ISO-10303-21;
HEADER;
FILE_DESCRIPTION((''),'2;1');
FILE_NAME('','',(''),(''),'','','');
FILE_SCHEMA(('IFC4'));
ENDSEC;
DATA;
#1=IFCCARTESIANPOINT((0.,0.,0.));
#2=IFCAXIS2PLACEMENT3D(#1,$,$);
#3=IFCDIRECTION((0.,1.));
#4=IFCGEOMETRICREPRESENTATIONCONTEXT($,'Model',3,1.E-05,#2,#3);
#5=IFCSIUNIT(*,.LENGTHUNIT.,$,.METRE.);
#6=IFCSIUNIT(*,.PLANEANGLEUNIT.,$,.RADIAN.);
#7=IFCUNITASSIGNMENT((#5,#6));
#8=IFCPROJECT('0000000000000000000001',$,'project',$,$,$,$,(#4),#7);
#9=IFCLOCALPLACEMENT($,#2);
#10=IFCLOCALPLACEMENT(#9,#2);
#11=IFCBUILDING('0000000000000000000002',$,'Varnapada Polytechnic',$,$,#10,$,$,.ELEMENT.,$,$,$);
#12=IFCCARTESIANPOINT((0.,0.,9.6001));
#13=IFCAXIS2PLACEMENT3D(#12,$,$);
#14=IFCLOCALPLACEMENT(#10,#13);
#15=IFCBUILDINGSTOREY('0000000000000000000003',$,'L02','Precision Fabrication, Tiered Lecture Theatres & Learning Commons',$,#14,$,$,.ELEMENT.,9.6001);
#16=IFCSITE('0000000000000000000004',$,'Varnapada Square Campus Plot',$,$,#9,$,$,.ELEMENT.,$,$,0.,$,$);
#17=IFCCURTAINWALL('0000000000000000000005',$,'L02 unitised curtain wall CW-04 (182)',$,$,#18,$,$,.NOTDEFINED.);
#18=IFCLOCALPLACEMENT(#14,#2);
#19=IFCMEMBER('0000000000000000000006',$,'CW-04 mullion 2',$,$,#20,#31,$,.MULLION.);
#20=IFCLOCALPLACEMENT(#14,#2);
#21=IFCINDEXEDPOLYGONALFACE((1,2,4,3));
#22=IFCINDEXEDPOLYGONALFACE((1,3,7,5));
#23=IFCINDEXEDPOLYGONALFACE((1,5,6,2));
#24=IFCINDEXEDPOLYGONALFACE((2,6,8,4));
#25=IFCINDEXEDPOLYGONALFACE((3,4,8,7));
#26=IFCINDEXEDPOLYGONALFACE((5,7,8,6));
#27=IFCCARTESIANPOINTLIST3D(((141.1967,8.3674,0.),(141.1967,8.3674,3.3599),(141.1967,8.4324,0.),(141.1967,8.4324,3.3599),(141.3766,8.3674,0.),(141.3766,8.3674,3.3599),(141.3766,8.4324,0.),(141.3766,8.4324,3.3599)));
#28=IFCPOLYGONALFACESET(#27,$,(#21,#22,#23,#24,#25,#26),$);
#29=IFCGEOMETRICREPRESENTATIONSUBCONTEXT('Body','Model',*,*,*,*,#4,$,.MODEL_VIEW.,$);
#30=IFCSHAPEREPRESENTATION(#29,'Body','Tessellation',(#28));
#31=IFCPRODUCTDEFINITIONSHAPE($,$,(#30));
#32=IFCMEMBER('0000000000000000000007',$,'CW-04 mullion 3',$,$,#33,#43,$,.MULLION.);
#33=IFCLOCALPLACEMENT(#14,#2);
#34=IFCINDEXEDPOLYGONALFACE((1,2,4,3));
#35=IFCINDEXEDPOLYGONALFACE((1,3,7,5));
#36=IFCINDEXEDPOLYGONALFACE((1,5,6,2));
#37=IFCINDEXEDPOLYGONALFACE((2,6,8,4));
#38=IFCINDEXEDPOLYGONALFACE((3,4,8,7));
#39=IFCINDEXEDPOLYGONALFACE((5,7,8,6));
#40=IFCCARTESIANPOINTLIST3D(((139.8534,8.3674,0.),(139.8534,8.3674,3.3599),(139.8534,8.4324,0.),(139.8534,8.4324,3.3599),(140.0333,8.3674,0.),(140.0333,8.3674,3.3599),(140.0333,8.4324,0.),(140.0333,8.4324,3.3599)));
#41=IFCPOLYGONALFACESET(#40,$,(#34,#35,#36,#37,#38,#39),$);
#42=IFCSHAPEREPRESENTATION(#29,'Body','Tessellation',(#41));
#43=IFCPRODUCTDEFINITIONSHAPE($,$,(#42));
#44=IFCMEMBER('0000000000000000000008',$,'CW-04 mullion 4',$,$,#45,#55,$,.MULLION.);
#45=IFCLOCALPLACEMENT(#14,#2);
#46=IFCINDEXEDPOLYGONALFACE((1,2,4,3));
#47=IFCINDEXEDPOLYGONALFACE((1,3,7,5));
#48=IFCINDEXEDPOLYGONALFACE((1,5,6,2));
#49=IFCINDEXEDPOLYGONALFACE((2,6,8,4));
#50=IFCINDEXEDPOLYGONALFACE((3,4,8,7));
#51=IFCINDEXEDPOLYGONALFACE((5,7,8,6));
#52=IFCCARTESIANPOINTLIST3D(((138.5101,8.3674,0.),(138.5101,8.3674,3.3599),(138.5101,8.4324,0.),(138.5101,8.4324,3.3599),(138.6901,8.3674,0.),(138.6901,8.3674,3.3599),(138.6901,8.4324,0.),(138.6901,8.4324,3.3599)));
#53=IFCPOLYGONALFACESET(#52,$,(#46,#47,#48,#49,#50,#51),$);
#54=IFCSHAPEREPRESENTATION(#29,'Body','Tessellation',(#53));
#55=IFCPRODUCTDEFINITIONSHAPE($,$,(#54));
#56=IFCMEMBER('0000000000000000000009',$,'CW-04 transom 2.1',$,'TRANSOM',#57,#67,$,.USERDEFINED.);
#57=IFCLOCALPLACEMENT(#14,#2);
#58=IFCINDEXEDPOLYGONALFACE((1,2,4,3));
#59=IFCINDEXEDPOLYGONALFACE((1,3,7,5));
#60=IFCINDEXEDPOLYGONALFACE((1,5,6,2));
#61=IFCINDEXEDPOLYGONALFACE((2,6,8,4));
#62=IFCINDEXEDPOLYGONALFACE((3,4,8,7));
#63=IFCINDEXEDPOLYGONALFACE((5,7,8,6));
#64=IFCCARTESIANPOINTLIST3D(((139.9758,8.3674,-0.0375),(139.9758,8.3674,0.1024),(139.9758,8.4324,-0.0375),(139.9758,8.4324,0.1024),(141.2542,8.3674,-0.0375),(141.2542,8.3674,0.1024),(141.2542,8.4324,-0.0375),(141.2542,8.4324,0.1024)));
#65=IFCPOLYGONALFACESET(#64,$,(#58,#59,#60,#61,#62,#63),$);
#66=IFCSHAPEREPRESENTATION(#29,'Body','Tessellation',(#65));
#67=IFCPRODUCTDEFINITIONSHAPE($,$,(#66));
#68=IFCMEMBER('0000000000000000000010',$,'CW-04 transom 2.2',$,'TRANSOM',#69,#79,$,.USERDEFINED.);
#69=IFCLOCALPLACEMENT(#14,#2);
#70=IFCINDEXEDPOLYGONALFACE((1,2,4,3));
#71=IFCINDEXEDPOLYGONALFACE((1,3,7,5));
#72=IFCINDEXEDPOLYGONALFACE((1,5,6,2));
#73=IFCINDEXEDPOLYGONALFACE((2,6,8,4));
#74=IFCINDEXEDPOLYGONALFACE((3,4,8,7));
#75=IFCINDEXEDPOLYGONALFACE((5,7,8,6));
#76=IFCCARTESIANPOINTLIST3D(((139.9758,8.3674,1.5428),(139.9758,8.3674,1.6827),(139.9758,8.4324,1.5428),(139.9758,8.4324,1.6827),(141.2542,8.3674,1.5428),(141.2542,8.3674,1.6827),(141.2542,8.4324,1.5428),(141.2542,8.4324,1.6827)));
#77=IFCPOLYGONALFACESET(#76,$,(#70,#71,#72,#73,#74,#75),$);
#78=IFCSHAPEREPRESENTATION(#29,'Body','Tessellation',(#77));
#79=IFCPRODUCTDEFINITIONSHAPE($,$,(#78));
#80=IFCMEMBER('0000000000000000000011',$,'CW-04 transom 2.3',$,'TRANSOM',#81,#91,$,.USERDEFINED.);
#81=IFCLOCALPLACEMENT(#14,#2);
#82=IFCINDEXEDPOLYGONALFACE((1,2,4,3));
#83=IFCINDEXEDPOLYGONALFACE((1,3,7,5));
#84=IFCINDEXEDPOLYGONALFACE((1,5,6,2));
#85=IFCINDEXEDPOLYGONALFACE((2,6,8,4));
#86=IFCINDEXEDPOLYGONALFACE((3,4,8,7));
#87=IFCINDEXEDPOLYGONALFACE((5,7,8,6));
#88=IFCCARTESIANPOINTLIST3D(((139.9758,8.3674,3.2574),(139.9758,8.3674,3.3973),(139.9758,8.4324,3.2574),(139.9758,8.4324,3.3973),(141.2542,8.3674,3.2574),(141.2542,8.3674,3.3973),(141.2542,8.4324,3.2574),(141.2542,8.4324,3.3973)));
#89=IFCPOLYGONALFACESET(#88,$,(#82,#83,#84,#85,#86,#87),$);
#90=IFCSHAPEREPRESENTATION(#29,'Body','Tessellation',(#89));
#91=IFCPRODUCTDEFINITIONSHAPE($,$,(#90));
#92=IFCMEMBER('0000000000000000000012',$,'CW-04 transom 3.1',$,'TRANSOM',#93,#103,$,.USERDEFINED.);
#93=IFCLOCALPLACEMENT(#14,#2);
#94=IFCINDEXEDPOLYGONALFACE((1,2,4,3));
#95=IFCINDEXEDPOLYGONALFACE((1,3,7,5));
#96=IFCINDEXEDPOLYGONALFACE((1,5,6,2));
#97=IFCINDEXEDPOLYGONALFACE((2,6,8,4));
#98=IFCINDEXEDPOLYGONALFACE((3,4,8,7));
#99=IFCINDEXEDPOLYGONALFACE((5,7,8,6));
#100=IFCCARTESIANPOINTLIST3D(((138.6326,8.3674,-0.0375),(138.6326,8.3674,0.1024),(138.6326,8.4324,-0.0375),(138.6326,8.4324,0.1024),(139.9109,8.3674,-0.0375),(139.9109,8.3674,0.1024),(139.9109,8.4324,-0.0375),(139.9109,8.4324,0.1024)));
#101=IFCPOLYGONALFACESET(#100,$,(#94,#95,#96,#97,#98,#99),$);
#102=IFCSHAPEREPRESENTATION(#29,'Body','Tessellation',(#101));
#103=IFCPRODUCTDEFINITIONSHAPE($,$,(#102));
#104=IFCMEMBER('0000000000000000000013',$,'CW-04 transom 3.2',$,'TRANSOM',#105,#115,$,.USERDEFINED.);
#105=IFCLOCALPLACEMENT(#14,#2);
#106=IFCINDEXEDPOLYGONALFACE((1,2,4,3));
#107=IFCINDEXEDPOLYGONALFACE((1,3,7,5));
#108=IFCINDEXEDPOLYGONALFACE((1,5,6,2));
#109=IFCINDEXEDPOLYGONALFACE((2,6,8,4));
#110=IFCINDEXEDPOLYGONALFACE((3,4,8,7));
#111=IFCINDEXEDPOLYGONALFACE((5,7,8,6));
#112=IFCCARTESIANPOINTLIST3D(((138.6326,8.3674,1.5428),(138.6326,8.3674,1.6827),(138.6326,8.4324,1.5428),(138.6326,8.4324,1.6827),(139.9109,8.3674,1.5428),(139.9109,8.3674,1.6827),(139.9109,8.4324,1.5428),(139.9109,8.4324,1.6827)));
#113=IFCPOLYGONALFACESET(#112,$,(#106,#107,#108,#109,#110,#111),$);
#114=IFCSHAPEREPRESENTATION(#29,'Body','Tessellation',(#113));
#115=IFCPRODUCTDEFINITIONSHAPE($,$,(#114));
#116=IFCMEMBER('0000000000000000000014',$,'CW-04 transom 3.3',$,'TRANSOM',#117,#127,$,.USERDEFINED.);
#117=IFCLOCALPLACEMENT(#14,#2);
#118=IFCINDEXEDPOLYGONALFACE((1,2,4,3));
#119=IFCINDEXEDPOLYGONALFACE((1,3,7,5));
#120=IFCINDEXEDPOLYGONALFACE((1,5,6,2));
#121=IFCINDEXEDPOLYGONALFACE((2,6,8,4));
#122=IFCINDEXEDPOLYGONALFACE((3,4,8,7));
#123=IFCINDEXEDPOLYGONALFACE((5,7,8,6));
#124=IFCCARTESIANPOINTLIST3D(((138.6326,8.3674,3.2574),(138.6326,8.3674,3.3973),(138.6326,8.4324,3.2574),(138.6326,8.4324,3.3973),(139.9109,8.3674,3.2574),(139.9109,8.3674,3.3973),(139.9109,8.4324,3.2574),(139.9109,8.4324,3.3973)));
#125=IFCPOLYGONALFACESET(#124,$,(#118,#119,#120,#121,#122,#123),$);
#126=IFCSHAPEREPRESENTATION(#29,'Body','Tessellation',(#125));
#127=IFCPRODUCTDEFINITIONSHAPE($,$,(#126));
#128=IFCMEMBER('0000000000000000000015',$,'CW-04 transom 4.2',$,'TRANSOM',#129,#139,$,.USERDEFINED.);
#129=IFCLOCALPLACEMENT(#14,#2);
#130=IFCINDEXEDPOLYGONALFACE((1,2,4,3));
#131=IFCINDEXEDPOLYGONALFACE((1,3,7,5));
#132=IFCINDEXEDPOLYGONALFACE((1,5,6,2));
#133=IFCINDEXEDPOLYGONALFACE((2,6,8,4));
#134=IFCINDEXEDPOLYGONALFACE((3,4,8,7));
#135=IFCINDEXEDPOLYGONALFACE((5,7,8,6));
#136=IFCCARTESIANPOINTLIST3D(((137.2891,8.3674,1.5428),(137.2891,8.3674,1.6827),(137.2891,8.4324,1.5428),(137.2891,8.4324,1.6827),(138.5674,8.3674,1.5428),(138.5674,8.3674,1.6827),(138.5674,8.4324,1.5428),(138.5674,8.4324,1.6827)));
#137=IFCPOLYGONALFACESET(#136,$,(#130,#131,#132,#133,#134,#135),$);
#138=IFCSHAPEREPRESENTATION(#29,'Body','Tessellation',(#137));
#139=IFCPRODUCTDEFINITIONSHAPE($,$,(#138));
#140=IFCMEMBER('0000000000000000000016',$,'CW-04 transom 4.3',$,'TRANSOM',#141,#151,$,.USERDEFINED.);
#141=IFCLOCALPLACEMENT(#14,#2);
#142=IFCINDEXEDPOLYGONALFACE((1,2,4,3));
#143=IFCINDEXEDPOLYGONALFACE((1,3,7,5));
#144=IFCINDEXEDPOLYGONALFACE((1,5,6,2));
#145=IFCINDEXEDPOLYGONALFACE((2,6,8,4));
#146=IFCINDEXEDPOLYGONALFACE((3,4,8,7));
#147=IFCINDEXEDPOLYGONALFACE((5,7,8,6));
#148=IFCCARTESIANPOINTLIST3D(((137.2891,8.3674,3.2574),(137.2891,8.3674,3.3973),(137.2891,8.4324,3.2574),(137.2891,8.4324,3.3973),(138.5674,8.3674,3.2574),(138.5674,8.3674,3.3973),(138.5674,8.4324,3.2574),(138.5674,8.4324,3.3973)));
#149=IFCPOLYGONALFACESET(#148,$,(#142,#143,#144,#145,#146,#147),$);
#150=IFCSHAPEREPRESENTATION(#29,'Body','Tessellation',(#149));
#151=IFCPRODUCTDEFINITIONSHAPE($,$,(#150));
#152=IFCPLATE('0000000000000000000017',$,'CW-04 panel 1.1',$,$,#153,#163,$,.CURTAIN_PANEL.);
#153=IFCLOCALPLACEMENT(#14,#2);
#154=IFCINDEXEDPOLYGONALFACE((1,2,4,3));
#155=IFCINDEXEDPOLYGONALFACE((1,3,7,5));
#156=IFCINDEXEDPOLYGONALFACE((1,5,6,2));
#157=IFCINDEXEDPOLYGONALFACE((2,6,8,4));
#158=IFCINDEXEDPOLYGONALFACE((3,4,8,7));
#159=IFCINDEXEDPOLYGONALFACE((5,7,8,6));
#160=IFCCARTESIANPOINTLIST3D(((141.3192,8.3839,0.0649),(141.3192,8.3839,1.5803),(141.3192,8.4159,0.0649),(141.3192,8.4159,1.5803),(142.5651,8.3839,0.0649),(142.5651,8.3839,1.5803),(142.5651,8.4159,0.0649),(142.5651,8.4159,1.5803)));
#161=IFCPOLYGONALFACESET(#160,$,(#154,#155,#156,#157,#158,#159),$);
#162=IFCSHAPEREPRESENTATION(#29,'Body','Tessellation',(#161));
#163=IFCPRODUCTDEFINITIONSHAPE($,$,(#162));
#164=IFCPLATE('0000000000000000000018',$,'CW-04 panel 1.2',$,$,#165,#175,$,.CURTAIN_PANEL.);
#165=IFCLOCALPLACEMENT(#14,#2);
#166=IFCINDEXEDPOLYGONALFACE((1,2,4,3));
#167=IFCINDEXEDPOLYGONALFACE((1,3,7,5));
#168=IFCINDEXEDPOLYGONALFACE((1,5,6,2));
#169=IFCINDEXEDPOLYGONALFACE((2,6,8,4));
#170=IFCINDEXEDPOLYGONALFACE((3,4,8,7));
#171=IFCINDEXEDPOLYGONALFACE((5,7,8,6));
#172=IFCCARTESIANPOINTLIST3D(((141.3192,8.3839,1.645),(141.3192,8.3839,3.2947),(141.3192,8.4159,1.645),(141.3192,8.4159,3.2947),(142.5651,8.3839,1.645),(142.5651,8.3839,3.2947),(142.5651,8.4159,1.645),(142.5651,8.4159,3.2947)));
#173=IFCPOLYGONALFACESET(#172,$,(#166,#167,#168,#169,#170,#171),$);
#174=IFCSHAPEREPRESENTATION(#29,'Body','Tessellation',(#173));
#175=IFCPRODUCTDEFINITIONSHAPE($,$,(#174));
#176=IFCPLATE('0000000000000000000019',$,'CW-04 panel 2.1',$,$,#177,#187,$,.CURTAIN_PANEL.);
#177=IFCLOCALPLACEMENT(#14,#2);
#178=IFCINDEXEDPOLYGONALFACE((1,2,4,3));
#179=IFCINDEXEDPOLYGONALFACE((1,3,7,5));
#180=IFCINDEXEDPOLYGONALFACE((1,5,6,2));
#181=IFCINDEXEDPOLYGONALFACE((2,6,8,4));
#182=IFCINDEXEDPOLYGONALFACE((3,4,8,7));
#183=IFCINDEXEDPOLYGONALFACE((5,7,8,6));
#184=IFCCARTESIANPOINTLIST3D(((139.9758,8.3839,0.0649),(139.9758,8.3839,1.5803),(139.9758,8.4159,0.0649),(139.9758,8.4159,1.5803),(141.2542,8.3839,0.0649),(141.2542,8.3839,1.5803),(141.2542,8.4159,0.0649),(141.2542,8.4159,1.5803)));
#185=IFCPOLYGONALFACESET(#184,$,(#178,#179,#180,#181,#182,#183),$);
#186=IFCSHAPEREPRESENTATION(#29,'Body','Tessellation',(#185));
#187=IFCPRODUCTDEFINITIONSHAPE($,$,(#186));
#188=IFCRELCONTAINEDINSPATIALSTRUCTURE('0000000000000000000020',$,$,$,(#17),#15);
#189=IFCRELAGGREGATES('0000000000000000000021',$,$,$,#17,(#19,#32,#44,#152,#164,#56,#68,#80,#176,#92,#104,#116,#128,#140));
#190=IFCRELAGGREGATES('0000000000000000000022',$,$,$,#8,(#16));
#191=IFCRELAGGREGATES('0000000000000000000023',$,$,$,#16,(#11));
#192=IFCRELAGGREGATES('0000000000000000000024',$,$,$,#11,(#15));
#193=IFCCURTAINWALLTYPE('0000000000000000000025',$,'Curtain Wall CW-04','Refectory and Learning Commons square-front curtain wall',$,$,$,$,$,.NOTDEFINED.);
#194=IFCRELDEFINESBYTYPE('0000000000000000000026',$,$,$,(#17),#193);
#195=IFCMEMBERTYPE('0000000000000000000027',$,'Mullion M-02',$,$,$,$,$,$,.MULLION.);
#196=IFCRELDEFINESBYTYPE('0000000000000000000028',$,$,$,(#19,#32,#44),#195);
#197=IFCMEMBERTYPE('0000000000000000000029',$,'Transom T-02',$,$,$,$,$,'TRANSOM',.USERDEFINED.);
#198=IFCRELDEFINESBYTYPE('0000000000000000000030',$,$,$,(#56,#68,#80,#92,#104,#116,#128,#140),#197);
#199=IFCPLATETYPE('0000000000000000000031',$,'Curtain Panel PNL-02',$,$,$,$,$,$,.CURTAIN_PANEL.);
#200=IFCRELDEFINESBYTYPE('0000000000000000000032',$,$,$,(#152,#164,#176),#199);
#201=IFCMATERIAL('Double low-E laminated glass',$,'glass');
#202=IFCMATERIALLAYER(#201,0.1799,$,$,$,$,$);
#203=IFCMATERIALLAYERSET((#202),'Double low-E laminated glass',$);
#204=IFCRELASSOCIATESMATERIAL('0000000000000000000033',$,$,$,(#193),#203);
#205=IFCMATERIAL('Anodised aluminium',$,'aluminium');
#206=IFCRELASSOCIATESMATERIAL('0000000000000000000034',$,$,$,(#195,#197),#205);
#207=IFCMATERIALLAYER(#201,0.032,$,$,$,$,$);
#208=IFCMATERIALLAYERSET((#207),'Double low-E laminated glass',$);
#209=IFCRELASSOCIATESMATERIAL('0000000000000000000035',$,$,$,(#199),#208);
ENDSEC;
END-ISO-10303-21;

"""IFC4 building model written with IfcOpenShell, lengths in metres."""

from ifc_helpers import new_model, si_unit, direction, frame, origin, origin_2d, place, context, subcontext, project, spatial, rectangle, extrude, material, layer, layer_set, material_profile, profile_set, type_object, element, aggregate, save


model = new_model("IFC4")

# Units and contexts
model_context = context("Model", 3, precision=1e-05, world=origin(), true_north=direction((0.0, 1.0)))
body_context = subcontext(model_context, "Body", "Model", "MODEL_VIEW")
ifc_project = project(units=[si_unit("LENGTHUNIT", "METRE"), si_unit("PLANEANGLEUNIT", "RADIAN")], contexts=[model_context])

# Site, building, storey
site_placement = place(None, origin())
site = spatial("IfcSite", under=ifc_project, at=site_placement, Name="Varnapada Square Campus Plot", CompositionType="ELEMENT", RefElevation=0.0)
building_placement = place(site_placement, origin())
building = spatial("IfcBuilding", under=site, at=building_placement, Name="Varnapada Polytechnic", CompositionType="ELEMENT")
storey_placement = place(building_placement, frame((0.0, 0.0, 9.6001)))
storey = spatial("IfcBuildingStorey", under=building, at=storey_placement, Name="L02", Description="Precision Fabrication, Tiered Lecture Theatres & Learning Commons", CompositionType="ELEMENT", Elevation=9.6001)

# Curtain wall, members, plates
ifc_material_1 = material(Name="Double low-E laminated glass", Category="glass")
ifc_layer_1 = layer(ifc_material_1, 0.1799)
ifc_layer_set_1 = layer_set([ifc_layer_1], Name="Double low-E laminated glass")
curtain_wall_type = type_object("IfcCurtainWallType", Name="Curtain Wall CW-04", Description="Refectory and Learning Commons square-front curtain wall", PredefinedType="NOTDEFINED", material=ifc_layer_set_1)
curtain_wall_placement = place(storey_placement, origin())
curtain_wall = element("IfcCurtainWall", 1, at=curtain_wall_placement, inside=storey, type_object=curtain_wall_type, Name="L02 unitised curtain wall CW-04 (182)", PredefinedType="NOTDEFINED")
ifc_material_2 = material(Name="Anodised aluminium", Category="aluminium")
ifc_material_profile_1 = material_profile(ifc_material_2, rectangle(XDim=0.0649, YDim=0.1799, at=origin_2d()), Name="ALU M65x180")
ifc_profile_set_1 = profile_set([ifc_material_profile_1], Name="Anodised aluminium")
member_type_1 = type_object("IfcMemberType", Name="Mullion M-02", PredefinedType="MULLION", material=ifc_profile_set_1)
member_1_placement = place(storey_placement, frame((141.2866, 8.3999, 0.0), z_axis=(0.0, 0.0, 1.0), x_axis=(0.0, -1.0, 0.0)))
member_1 = element("IfcMember", 2, at=member_1_placement, type_object=member_type_1, Name="CW-04 mullion 2", PredefinedType="MULLION", context=body_context, shape_type="SweptSolid", body=[
    extrude(rectangle(XDim=0.0649, YDim=0.1799, at=origin_2d()), origin(), (0.0, 0.0, 1.0), 3.3599),
])
member_2_placement = place(storey_placement, frame((139.9434, 8.3999, 0.0), z_axis=(0.0, 0.0, 1.0), x_axis=(0.0, -1.0, 0.0)))
member_2 = element("IfcMember", 3, at=member_2_placement, type_object=member_type_1, Name="CW-04 mullion 3", PredefinedType="MULLION", context=body_context, shape_type="SweptSolid", body=[
    extrude(rectangle(XDim=0.0649, YDim=0.1799, at=origin_2d()), origin(), (0.0, 0.0, 1.0), 3.3599),
])
member_3_placement = place(storey_placement, frame((138.6001, 8.3999, 0.0), z_axis=(0.0, 0.0, 1.0), x_axis=(0.0, -1.0, 0.0)))
member_3 = element("IfcMember", 4, at=member_3_placement, type_object=member_type_1, Name="CW-04 mullion 4", PredefinedType="MULLION", context=body_context, shape_type="SweptSolid", body=[
    extrude(rectangle(XDim=0.0649, YDim=0.1799, at=origin_2d()), origin(), (0.0, 0.0, 1.0), 3.3599),
])
ifc_material_profile_2 = material_profile(ifc_material_2, rectangle(XDim=0.0649, YDim=0.1399, at=origin_2d()), Name="ALU T65x140")
ifc_profile_set_2 = profile_set([ifc_material_profile_2], Name="Anodised aluminium")
member_type_2 = type_object("IfcMemberType", Name="Transom T-02", ElementType="TRANSOM", PredefinedType="USERDEFINED", material=ifc_profile_set_2)
member_4_placement = place(storey_placement, frame((141.2542, 8.3999, 0.0325), z_axis=(-1.0, 0.0, 0.0), x_axis=(0.0, -1.0, 0.0)))
member_4 = element("IfcMember", 5, at=member_4_placement, type_object=member_type_2, Name="CW-04 transom 2.1", ObjectType="TRANSOM", PredefinedType="USERDEFINED", context=body_context, shape_type="SweptSolid", body=[
    extrude(rectangle(XDim=0.0649, YDim=0.1399, at=origin_2d()), origin(), (0.0, 0.0, 1.0), 1.2783),
])
member_5_placement = place(storey_placement, frame((141.2542, 8.3999, 1.6128), z_axis=(-1.0, 0.0, 0.0), x_axis=(0.0, -1.0, 0.0)))
member_5 = element("IfcMember", 6, at=member_5_placement, type_object=member_type_2, Name="CW-04 transom 2.2", ObjectType="TRANSOM", PredefinedType="USERDEFINED", context=body_context, shape_type="SweptSolid", body=[
    extrude(rectangle(XDim=0.0649, YDim=0.1399, at=origin_2d()), origin(), (0.0, 0.0, 1.0), 1.2783),
])
member_6_placement = place(storey_placement, frame((141.2542, 8.3999, 3.3274), z_axis=(-1.0, 0.0, 0.0), x_axis=(0.0, -1.0, 0.0)))
member_6 = element("IfcMember", 7, at=member_6_placement, type_object=member_type_2, Name="CW-04 transom 2.3", ObjectType="TRANSOM", PredefinedType="USERDEFINED", context=body_context, shape_type="SweptSolid", body=[
    extrude(rectangle(XDim=0.0649, YDim=0.1399, at=origin_2d()), origin(), (0.0, 0.0, 1.0), 1.2783),
])
member_7_placement = place(storey_placement, frame((139.9109, 8.3999, 0.0325), z_axis=(-1.0, 0.0, 0.0), x_axis=(0.0, -1.0, 0.0)))
member_7 = element("IfcMember", 8, at=member_7_placement, type_object=member_type_2, Name="CW-04 transom 3.1", ObjectType="TRANSOM", PredefinedType="USERDEFINED", context=body_context, shape_type="SweptSolid", body=[
    extrude(rectangle(XDim=0.0649, YDim=0.1399, at=origin_2d()), origin(), (0.0, 0.0, 1.0), 1.2783),
])
member_8_placement = place(storey_placement, frame((139.9109, 8.3999, 1.6128), z_axis=(-1.0, 0.0, 0.0), x_axis=(0.0, -1.0, 0.0)))
member_8 = element("IfcMember", 9, at=member_8_placement, type_object=member_type_2, Name="CW-04 transom 3.2", ObjectType="TRANSOM", PredefinedType="USERDEFINED", context=body_context, shape_type="SweptSolid", body=[
    extrude(rectangle(XDim=0.0649, YDim=0.1399, at=origin_2d()), origin(), (0.0, 0.0, 1.0), 1.2783),
])
member_9_placement = place(storey_placement, frame((139.9109, 8.3999, 3.3274), z_axis=(-1.0, 0.0, 0.0), x_axis=(0.0, -1.0, 0.0)))
member_9 = element("IfcMember", 10, at=member_9_placement, type_object=member_type_2, Name="CW-04 transom 3.3", ObjectType="TRANSOM", PredefinedType="USERDEFINED", context=body_context, shape_type="SweptSolid", body=[
    extrude(rectangle(XDim=0.0649, YDim=0.1399, at=origin_2d()), origin(), (0.0, 0.0, 1.0), 1.2783),
])
member_10_placement = place(storey_placement, frame((138.5674, 8.3999, 1.6128), z_axis=(-1.0, 0.0, 0.0), x_axis=(0.0, -1.0, 0.0)))
member_10 = element("IfcMember", 11, at=member_10_placement, type_object=member_type_2, Name="CW-04 transom 4.2", ObjectType="TRANSOM", PredefinedType="USERDEFINED", context=body_context, shape_type="SweptSolid", body=[
    extrude(rectangle(XDim=0.0649, YDim=0.1399, at=origin_2d()), origin(), (0.0, 0.0, 1.0), 1.2783),
])
member_11_placement = place(storey_placement, frame((138.5674, 8.3999, 3.3274), z_axis=(-1.0, 0.0, 0.0), x_axis=(0.0, -1.0, 0.0)))
member_11 = element("IfcMember", 12, at=member_11_placement, type_object=member_type_2, Name="CW-04 transom 4.3", ObjectType="TRANSOM", PredefinedType="USERDEFINED", context=body_context, shape_type="SweptSolid", body=[
    extrude(rectangle(XDim=0.0649, YDim=0.1399, at=origin_2d()), origin(), (0.0, 0.0, 1.0), 1.2783),
])
ifc_layer_2 = layer(ifc_material_1, 0.032)
ifc_layer_set_2 = layer_set([ifc_layer_2], Name="Double low-E laminated glass")
plate_type = type_object("IfcPlateType", Name="Curtain Panel PNL-02", PredefinedType="CURTAIN_PANEL", material=ifc_layer_set_2)
plate_1_placement = place(storey_placement, frame((141.9421, 8.3999, 0.0649), z_axis=(0.0, 0.0, 1.0), x_axis=(-1.0, 0.0, 0.0)))
plate_1 = element("IfcPlate", 13, at=plate_1_placement, type_object=plate_type, Name="CW-04 panel 1.1", PredefinedType="CURTAIN_PANEL", context=body_context, shape_type="SweptSolid", body=[
    extrude(rectangle(XDim=1.2458, YDim=0.032, at=origin_2d()), origin(), (0.0, 0.0, 1.0), 1.5154),
])
plate_2_placement = place(storey_placement, frame((141.9421, 8.3999, 1.645), z_axis=(0.0, 0.0, 1.0), x_axis=(-1.0, 0.0, 0.0)))
plate_2 = element("IfcPlate", 14, at=plate_2_placement, type_object=plate_type, Name="CW-04 panel 1.2", PredefinedType="CURTAIN_PANEL", context=body_context, shape_type="SweptSolid", body=[
    extrude(rectangle(XDim=1.2458, YDim=0.032, at=origin_2d()), origin(), (0.0, 0.0, 1.0), 1.6497),
])
plate_3_placement = place(storey_placement, frame((140.615, 8.3999, 0.0649), z_axis=(0.0, 0.0, 1.0), x_axis=(-1.0, 0.0, 0.0)))
plate_3 = element("IfcPlate", 15, at=plate_3_placement, type_object=plate_type, Name="CW-04 panel 2.1", PredefinedType="CURTAIN_PANEL", context=body_context, shape_type="SweptSolid", body=[
    extrude(rectangle(XDim=1.2783, YDim=0.032, at=origin_2d()), origin(), (0.0, 0.0, 1.0), 1.5154),
])
aggregate(curtain_wall, [member_1, member_2, member_3, plate_1, plate_2, member_4, member_5, member_6, plate_3, member_7, member_8, member_9, member_10, member_11])

save(model, "model.ifc")
